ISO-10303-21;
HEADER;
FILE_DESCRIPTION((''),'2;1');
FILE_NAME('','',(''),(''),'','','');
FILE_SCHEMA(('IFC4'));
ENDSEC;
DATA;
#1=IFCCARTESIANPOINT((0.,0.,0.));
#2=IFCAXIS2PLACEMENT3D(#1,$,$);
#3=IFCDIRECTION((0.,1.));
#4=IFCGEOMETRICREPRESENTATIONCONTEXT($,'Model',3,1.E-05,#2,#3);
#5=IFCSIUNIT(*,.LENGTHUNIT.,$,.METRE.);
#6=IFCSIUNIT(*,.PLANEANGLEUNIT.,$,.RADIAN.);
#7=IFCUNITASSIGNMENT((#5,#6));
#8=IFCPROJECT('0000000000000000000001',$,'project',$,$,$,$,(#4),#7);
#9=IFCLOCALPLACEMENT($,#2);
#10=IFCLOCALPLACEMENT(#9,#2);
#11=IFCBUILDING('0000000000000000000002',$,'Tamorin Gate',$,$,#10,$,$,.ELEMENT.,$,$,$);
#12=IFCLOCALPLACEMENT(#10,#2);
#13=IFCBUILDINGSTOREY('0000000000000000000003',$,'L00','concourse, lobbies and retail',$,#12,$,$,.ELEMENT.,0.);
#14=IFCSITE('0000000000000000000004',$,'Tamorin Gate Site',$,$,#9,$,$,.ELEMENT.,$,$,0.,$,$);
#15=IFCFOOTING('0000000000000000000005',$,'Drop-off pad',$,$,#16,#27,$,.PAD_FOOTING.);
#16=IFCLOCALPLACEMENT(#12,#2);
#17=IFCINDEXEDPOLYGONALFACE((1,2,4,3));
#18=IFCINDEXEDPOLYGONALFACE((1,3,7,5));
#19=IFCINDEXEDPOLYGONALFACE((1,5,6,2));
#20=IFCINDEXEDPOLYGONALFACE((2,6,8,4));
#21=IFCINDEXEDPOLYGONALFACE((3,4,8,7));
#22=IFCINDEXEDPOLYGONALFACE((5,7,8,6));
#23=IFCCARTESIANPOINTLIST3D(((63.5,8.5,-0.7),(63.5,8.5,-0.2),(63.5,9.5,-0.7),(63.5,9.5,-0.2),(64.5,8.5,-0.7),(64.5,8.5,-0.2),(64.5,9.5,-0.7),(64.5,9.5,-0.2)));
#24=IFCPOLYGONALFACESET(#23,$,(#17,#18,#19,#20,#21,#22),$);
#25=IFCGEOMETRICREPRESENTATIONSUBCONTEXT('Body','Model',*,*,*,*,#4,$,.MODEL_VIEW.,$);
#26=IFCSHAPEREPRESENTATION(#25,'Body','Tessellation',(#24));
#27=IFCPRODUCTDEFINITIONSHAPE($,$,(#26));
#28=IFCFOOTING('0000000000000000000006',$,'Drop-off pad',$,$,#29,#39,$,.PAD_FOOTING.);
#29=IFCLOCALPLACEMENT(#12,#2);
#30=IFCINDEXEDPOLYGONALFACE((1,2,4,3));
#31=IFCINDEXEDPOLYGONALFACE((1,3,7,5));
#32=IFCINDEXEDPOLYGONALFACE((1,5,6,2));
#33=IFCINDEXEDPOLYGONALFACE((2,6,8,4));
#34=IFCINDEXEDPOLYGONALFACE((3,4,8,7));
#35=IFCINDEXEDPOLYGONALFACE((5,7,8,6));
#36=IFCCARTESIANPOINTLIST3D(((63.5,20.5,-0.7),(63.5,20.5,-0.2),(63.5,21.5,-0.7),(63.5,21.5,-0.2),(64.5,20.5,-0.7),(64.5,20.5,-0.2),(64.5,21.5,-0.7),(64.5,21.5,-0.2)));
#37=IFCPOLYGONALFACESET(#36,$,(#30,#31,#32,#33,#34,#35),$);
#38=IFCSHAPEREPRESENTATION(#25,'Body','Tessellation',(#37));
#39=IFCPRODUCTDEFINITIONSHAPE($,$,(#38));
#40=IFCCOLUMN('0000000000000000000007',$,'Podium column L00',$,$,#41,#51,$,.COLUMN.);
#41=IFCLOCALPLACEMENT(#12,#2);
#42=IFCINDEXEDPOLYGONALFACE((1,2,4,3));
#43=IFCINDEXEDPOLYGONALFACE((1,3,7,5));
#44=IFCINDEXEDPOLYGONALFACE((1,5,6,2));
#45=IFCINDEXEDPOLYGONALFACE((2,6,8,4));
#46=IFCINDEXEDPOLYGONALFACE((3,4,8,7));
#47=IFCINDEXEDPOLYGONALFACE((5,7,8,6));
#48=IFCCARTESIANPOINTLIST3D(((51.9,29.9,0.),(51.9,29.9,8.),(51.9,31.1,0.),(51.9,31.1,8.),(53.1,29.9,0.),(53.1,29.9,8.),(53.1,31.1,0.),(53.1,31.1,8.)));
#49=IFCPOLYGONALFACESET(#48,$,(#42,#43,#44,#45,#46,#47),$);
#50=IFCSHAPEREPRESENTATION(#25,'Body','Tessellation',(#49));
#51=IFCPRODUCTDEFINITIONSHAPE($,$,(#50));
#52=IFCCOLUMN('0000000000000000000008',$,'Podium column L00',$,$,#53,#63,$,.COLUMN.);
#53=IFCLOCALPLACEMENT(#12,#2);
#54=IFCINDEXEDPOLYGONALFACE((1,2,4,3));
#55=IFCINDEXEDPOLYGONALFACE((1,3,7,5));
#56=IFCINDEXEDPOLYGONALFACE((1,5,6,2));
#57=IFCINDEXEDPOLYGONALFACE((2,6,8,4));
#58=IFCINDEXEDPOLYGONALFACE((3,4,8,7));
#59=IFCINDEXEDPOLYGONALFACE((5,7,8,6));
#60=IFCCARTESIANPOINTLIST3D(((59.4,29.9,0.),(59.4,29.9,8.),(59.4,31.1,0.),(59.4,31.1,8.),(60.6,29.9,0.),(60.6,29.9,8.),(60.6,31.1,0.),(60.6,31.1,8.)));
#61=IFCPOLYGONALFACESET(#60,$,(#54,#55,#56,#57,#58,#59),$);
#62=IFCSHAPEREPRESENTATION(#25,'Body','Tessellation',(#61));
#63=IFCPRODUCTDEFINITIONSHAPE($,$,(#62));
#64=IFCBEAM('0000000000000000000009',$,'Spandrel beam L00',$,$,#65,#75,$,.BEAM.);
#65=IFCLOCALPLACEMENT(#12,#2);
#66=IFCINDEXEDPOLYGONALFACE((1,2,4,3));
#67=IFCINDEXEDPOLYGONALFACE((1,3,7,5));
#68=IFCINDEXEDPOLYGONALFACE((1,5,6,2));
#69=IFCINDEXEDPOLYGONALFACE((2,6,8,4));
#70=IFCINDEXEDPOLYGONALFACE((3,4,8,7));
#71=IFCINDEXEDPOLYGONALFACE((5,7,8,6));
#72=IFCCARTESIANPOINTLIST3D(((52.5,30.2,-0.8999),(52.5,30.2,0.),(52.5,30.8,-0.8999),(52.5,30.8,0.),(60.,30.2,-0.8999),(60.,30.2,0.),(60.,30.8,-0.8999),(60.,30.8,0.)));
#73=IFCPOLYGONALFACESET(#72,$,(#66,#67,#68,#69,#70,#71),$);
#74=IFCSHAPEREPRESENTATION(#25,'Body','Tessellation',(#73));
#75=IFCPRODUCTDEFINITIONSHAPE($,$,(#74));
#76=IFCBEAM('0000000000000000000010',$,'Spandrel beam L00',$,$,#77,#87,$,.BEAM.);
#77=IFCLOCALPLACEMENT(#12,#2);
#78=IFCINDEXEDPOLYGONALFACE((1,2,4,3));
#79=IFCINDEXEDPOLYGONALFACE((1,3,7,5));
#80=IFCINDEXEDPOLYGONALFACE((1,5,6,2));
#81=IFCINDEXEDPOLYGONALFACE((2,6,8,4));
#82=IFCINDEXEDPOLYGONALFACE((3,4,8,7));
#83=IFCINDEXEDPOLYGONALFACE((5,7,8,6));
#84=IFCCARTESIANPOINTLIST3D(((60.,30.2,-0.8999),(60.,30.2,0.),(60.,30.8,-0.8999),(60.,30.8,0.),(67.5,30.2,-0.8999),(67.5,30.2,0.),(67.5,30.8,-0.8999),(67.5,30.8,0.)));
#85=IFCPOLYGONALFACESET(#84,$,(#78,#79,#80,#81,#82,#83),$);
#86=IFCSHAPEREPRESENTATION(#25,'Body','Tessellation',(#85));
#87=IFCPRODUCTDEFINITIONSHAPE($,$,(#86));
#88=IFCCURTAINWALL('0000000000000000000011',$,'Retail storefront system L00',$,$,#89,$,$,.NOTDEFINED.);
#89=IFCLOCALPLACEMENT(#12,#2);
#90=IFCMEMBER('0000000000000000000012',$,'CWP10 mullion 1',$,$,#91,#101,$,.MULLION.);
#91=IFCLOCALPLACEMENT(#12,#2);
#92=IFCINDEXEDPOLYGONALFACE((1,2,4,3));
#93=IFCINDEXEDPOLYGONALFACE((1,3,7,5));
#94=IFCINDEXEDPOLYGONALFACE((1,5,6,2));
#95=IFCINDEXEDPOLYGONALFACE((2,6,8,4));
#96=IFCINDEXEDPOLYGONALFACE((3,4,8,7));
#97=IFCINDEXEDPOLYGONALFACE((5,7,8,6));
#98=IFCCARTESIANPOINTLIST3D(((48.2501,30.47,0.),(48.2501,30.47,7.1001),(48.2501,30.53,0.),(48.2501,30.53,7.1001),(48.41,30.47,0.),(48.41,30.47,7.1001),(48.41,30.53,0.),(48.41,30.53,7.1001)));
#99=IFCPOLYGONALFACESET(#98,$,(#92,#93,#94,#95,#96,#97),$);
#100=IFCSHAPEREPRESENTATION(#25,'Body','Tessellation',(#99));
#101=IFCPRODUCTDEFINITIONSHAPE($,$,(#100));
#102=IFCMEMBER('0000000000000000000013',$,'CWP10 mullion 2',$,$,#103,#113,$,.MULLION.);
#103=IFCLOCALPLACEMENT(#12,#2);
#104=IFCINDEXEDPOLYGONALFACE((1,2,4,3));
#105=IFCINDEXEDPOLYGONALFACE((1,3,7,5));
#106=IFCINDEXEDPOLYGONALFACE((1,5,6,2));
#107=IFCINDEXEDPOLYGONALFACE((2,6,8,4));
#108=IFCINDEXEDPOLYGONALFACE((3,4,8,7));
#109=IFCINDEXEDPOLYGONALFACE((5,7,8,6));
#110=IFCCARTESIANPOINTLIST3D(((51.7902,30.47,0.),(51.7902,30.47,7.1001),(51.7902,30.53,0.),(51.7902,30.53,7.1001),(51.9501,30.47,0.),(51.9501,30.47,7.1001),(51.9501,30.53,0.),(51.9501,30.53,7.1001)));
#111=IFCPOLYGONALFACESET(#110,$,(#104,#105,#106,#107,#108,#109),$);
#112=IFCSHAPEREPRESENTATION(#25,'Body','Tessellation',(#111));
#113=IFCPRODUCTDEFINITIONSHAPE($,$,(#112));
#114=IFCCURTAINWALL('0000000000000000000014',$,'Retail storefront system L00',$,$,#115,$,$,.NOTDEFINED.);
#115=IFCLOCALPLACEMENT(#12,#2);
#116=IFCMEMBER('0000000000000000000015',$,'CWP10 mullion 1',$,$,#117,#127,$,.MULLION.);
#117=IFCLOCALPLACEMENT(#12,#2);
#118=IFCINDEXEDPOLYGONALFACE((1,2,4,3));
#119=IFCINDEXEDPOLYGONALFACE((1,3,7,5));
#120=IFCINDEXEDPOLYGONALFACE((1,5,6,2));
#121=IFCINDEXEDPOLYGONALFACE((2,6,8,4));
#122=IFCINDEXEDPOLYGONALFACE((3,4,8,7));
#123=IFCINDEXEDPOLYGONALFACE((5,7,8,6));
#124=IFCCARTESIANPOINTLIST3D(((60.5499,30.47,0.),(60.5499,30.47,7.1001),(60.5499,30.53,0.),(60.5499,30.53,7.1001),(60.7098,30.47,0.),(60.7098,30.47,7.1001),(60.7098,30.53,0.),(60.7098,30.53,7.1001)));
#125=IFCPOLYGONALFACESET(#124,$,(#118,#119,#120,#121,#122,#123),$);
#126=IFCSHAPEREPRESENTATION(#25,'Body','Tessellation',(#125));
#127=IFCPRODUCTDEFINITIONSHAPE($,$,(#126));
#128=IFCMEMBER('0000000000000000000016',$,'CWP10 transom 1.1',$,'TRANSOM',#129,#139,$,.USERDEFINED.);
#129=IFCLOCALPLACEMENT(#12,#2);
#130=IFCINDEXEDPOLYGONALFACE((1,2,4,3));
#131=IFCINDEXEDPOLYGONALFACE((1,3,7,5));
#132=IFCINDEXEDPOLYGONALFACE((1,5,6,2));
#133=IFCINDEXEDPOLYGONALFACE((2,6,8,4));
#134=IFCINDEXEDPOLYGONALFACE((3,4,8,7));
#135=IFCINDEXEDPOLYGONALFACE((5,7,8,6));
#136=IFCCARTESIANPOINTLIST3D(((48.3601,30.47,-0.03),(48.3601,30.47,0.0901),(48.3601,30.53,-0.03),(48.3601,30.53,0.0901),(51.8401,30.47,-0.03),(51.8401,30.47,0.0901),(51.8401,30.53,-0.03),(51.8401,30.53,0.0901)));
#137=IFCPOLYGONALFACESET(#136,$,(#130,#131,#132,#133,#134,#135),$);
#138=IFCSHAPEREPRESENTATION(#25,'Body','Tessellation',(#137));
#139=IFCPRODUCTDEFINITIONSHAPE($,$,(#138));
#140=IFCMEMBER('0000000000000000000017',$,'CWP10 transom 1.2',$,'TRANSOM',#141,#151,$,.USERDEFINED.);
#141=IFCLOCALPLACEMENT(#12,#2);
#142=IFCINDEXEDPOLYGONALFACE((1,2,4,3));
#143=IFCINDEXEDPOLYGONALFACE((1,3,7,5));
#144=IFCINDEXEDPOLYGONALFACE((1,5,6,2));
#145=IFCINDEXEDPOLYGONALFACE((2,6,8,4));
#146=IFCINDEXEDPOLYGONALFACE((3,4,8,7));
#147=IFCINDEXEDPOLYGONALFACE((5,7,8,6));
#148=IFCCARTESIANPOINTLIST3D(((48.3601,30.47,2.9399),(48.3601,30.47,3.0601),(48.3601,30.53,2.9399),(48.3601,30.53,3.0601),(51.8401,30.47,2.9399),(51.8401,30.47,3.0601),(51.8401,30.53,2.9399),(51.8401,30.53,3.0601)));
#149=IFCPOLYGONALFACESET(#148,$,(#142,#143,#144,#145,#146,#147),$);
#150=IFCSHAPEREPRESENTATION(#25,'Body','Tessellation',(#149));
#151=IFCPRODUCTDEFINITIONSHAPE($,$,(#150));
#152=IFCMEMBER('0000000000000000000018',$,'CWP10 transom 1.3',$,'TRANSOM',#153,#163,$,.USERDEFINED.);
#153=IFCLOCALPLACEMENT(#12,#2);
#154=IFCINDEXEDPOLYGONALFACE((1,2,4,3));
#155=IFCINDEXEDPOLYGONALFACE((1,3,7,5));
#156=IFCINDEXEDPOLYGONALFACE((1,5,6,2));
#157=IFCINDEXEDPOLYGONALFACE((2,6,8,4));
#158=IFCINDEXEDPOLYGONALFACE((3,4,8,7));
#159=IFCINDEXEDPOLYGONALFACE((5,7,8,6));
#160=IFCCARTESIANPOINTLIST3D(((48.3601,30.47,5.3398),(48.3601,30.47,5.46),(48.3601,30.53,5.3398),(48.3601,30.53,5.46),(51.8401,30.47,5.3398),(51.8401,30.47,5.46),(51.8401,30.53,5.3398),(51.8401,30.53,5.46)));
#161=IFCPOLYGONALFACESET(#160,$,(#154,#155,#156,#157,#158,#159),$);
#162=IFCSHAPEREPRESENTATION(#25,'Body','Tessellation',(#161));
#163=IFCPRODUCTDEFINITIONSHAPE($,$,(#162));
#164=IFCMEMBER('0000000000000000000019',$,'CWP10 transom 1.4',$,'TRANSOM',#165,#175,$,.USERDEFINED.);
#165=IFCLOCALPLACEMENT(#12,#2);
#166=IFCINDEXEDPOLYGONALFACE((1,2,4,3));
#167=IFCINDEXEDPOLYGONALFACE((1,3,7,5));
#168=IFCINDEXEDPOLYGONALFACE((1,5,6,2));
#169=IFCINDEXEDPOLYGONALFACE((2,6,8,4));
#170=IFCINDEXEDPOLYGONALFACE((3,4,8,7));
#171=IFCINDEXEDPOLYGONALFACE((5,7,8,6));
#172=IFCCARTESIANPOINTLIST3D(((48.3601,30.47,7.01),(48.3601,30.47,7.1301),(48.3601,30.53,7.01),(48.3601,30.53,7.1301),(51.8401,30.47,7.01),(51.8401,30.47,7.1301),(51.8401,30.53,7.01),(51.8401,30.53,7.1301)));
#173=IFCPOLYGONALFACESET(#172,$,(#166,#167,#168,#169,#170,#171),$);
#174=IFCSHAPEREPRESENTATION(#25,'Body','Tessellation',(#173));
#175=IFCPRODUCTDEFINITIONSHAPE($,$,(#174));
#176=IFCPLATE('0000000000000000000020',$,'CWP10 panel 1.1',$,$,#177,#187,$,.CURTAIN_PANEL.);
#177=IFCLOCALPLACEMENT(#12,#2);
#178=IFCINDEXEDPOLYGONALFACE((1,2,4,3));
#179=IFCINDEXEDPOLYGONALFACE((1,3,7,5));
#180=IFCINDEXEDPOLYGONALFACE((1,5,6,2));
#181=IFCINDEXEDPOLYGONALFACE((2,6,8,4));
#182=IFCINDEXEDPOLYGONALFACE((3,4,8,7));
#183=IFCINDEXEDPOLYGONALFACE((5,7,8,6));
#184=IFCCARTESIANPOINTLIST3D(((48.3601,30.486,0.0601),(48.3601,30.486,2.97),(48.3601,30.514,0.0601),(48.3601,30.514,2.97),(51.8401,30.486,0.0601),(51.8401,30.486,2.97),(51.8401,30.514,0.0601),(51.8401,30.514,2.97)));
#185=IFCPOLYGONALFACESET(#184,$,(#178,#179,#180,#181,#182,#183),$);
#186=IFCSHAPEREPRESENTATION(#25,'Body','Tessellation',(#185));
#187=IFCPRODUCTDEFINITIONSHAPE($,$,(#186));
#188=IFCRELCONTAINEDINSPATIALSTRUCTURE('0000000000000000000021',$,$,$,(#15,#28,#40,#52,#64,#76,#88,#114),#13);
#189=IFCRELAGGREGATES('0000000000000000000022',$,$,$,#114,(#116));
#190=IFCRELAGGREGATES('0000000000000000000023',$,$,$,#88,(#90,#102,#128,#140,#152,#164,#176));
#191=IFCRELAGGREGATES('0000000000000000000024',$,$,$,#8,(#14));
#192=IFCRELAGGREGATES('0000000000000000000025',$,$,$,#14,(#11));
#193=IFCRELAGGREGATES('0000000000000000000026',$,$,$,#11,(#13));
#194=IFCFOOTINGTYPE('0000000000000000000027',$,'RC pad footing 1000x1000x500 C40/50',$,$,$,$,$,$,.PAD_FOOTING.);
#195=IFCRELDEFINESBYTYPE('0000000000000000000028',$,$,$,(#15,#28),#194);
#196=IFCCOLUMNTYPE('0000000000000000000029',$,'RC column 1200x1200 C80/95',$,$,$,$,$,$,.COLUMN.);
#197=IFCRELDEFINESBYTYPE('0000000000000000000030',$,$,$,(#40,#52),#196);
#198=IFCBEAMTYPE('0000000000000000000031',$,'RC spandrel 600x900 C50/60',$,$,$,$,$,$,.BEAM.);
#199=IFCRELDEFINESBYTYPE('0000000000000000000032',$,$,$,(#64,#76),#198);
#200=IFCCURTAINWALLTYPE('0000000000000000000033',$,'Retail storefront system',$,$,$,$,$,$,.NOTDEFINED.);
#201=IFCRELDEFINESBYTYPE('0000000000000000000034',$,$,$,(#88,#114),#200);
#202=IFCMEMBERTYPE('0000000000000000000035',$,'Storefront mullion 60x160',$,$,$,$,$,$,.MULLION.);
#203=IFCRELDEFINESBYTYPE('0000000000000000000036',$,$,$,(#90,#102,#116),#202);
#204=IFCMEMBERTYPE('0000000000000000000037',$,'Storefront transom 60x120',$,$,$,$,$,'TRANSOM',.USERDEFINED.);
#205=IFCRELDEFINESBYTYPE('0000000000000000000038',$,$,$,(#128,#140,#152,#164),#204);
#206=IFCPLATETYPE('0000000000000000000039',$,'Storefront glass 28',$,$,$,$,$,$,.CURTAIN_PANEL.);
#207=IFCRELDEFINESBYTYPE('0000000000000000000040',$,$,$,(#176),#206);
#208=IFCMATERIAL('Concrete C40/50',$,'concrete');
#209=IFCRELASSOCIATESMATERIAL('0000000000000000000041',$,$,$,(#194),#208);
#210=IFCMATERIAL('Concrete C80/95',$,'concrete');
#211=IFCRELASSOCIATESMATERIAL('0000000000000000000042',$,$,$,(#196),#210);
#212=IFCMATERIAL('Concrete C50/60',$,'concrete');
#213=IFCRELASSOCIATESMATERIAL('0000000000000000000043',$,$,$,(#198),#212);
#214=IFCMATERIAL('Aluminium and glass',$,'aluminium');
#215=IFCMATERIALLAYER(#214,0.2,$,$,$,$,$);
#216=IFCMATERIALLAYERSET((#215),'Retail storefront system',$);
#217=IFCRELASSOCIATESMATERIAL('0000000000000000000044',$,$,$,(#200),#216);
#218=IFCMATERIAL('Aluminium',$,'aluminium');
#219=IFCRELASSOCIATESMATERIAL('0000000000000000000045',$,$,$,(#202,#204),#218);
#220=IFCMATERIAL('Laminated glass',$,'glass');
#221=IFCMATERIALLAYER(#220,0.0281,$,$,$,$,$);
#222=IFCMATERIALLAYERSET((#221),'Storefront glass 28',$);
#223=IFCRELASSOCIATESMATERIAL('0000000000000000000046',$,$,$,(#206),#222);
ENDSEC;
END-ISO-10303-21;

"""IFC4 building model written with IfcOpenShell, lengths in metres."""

from ifc_helpers import new_model, si_unit, direction, frame, origin, origin_2d, place, context, subcontext, project, spatial, rectangle, extrude, material, layer, layer_set, material_profile, profile_set, type_object, element, aggregate, save


model = new_model("IFC4")

# Units and contexts
model_context = context("Model", 3, precision=1e-05, world=origin(), true_north=direction((0.0, 1.0)))
body_context = subcontext(model_context, "Body", "Model", "MODEL_VIEW")
ifc_project = project(units=[si_unit("LENGTHUNIT", "METRE"), si_unit("PLANEANGLEUNIT", "RADIAN")], contexts=[model_context])

# Site, building, storey
site_placement = place(None, origin())
site = spatial("IfcSite", under=ifc_project, at=site_placement, Name="Tamorin Gate Site", CompositionType="ELEMENT", RefElevation=0.0)
building_placement = place(site_placement, origin())
building = spatial("IfcBuilding", under=site, at=building_placement, Name="Tamorin Gate", CompositionType="ELEMENT")
storey_placement = place(building_placement, origin())
storey = spatial("IfcBuildingStorey", under=building, at=storey_placement, Name="L00", Description="concourse, lobbies and retail", CompositionType="ELEMENT", Elevation=0.0)

# Footings
ifc_material_1 = material(Name="Concrete C40/50", Category="concrete")
footing_type = type_object("IfcFootingType", Name="RC pad footing 1000x1000x500 C40/50", PredefinedType="PAD_FOOTING", material=ifc_material_1)
for number, where, z_axis, x_axis, name in (
    (1, (64.0, 9.0, -0.7), (0.0, 0.0, 1.0), (1.0, 0.0, 0.0), "Drop-off pad"),
    (2, (64.0, 21.0, -0.7), (0.0, 0.0, 1.0), (1.0, 0.0, 0.0), "Drop-off pad"),
):
    element("IfcFooting", number, at=place(storey_placement, frame(where, z_axis=z_axis, x_axis=x_axis)), inside=storey, type_object=footing_type, Name=name, PredefinedType="PAD_FOOTING", context=body_context, shape_type="SweptSolid", body=[
        extrude(rectangle(XDim=1.0, YDim=1.0, at=origin_2d()), origin(), (0.0, 0.0, 1.0), 0.5),
    ])

# Columns
ifc_material_2 = material(Name="Concrete C80/95", Category="concrete")
ifc_material_profile_1 = material_profile(ifc_material_2, rectangle(XDim=1.2, YDim=1.2, at=origin_2d()), Name="RC 1200x1200")
ifc_profile_set_1 = profile_set([ifc_material_profile_1], Name="Concrete C80/95")
column_type = type_object("IfcColumnType", Name="RC column 1200x1200 C80/95", PredefinedType="COLUMN", material=ifc_profile_set_1)
for number, where, z_axis, x_axis, name in (
    (3, (52.5, 30.5, 0.0), (0.0, 0.0, 1.0), (1.0, 0.0, 0.0), "Podium column L00"),
    (4, (60.0, 30.5, 0.0), (0.0, 0.0, 1.0), (1.0, 0.0, 0.0), "Podium column L00"),
):
    element("IfcColumn", number, at=place(storey_placement, frame(where, z_axis=z_axis, x_axis=x_axis)), inside=storey, type_object=column_type, Name=name, PredefinedType="COLUMN", context=body_context, shape_type="SweptSolid", body=[
        extrude(rectangle(XDim=1.2, YDim=1.2, at=origin_2d()), origin(), (0.0, 0.0, 1.0), 8.0),
    ])

# Beams
ifc_material_3 = material(Name="Concrete C50/60", Category="concrete")
ifc_material_profile_2 = material_profile(ifc_material_3, rectangle(XDim=0.6001, YDim=0.8999, at=origin_2d()), Name="RC 600x900")
ifc_profile_set_2 = profile_set([ifc_material_profile_2], Name="Concrete C50/60")
beam_type = type_object("IfcBeamType", Name="RC spandrel 600x900 C50/60", PredefinedType="BEAM", material=ifc_profile_set_2)
for number, where, z_axis, x_axis, name in (
    (5, (52.5, 30.5, -0.45), (1.0, 0.0, 0.0), (0.0, 1.0, 0.0), "Spandrel beam L00"),
    (6, (60.0, 30.5, -0.45), (1.0, 0.0, 0.0), (0.0, 1.0, 0.0), "Spandrel beam L00"),
):
    element("IfcBeam", number, at=place(storey_placement, frame(where, z_axis=z_axis, x_axis=x_axis)), inside=storey, type_object=beam_type, Name=name, PredefinedType="BEAM", context=body_context, shape_type="SweptSolid", body=[
        extrude(rectangle(XDim=0.6001, YDim=0.8999, at=origin_2d()), origin(), (0.0, 0.0, 1.0), 7.5),
    ])

# Curtain wall, members
ifc_material_4 = material(Name="Aluminium and glass", Category="aluminium")
ifc_layer_1 = layer(ifc_material_4, 0.2)
ifc_layer_set_1 = layer_set([ifc_layer_1], Name="Retail storefront system")
curtain_wall_type = type_object("IfcCurtainWallType", Name="Retail storefront system", PredefinedType="NOTDEFINED", material=ifc_layer_set_1)
curtain_wall_1_placement = place(storey_placement, origin())
curtain_wall_1 = element("IfcCurtainWall", 7, at=curtain_wall_1_placement, inside=storey, type_object=curtain_wall_type, Name="Retail storefront system L00", PredefinedType="NOTDEFINED")
ifc_material_5 = material(Name="Aluminium", Category="aluminium")
ifc_material_profile_3 = material_profile(ifc_material_5, rectangle(XDim=0.0601, YDim=0.1599, at=origin_2d()), Name="RECT 60x160")
ifc_profile_set_3 = profile_set([ifc_material_profile_3], Name="Aluminium")
member_type_1 = type_object("IfcMemberType", Name="Storefront mullion 60x160", PredefinedType="MULLION", material=ifc_profile_set_3)
member_1_placement = place(storey_placement, frame((48.3301, 30.5, 0.0), z_axis=(0.0, 0.0, 1.0), x_axis=(0.0, 1.0, 0.0)))
member_1 = element("IfcMember", 8, at=member_1_placement, type_object=member_type_1, Name="CWP10 mullion 1", PredefinedType="MULLION", context=body_context, shape_type="SweptSolid", body=[
    extrude(rectangle(XDim=0.0601, YDim=0.1599, at=origin_2d()), origin(), (0.0, 0.0, 1.0), 7.1001),
])
member_2_placement = place(storey_placement, frame((51.8701, 30.5, 0.0), z_axis=(0.0, 0.0, 1.0), x_axis=(0.0, 1.0, 0.0)))
member_2 = element("IfcMember", 9, at=member_2_placement, type_object=member_type_1, Name="CWP10 mullion 2", PredefinedType="MULLION", context=body_context, shape_type="SweptSolid", body=[
    extrude(rectangle(XDim=0.0601, YDim=0.1599, at=origin_2d()), origin(), (0.0, 0.0, 1.0), 7.1001),
])

# Curtain wall, member
curtain_wall_2_placement = place(storey_placement, origin())
curtain_wall_2 = element("IfcCurtainWall", 10, at=curtain_wall_2_placement, inside=storey, type_object=curtain_wall_type, Name="Retail storefront system L00", PredefinedType="NOTDEFINED")
member_3_placement = place(storey_placement, frame((60.6299, 30.5, 0.0), z_axis=(0.0, 0.0, 1.0), x_axis=(0.0, 1.0, 0.0)))
member_3 = element("IfcMember", 11, at=member_3_placement, type_object=member_type_1, Name="CWP10 mullion 1", PredefinedType="MULLION", context=body_context, shape_type="SweptSolid", body=[
    extrude(rectangle(XDim=0.0601, YDim=0.1599, at=origin_2d()), origin(), (0.0, 0.0, 1.0), 7.1001),
])
aggregate(curtain_wall_2, [member_3])

# Members
ifc_material_profile_4 = material_profile(ifc_material_5, rectangle(XDim=0.0601, YDim=0.1201, at=origin_2d()), Name="RECT 60x120")
ifc_profile_set_4 = profile_set([ifc_material_profile_4], Name="Aluminium")
member_type_2 = type_object("IfcMemberType", Name="Storefront transom 60x120", ElementType="TRANSOM", PredefinedType="USERDEFINED", material=ifc_profile_set_4)
member_4_placement = place(storey_placement, frame((48.3601, 30.5, 0.03), z_axis=(1.0, 0.0, 0.0), x_axis=(0.0, 1.0, 0.0)))
member_4 = element("IfcMember", 12, at=member_4_placement, type_object=member_type_2, Name="CWP10 transom 1.1", ObjectType="TRANSOM", PredefinedType="USERDEFINED", context=body_context, shape_type="SweptSolid", body=[
    extrude(rectangle(XDim=0.0601, YDim=0.1201, at=origin_2d()), origin(), (0.0, 0.0, 1.0), 3.48),
])
member_5_placement = place(storey_placement, frame((48.3601, 30.5, 3.0), z_axis=(1.0, 0.0, 0.0), x_axis=(0.0, 1.0, 0.0)))
member_5 = element("IfcMember", 13, at=member_5_placement, type_object=member_type_2, Name="CWP10 transom 1.2", ObjectType="TRANSOM", PredefinedType="USERDEFINED", context=body_context, shape_type="SweptSolid", body=[
    extrude(rectangle(XDim=0.0601, YDim=0.1201, at=origin_2d()), origin(), (0.0, 0.0, 1.0), 3.48),
])
member_6_placement = place(storey_placement, frame((48.3601, 30.5, 5.3999), z_axis=(1.0, 0.0, 0.0), x_axis=(0.0, 1.0, 0.0)))
member_6 = element("IfcMember", 14, at=member_6_placement, type_object=member_type_2, Name="CWP10 transom 1.3", ObjectType="TRANSOM", PredefinedType="USERDEFINED", context=body_context, shape_type="SweptSolid", body=[
    extrude(rectangle(XDim=0.0601, YDim=0.1201, at=origin_2d()), origin(), (0.0, 0.0, 1.0), 3.48),
])
member_7_placement = place(storey_placement, frame((48.3601, 30.5, 7.0701), z_axis=(1.0, 0.0, 0.0), x_axis=(0.0, 1.0, 0.0)))
member_7 = element("IfcMember", 15, at=member_7_placement, type_object=member_type_2, Name="CWP10 transom 1.4", ObjectType="TRANSOM", PredefinedType="USERDEFINED", context=body_context, shape_type="SweptSolid", body=[
    extrude(rectangle(XDim=0.0601, YDim=0.1201, at=origin_2d()), origin(), (0.0, 0.0, 1.0), 3.48),
])

# Plate
ifc_material_6 = material(Name="Laminated glass", Category="glass")
ifc_layer_2 = layer(ifc_material_6, 0.0281)
ifc_layer_set_2 = layer_set([ifc_layer_2], Name="Storefront glass 28")
plate_type = type_object("IfcPlateType", Name="Storefront glass 28", PredefinedType="CURTAIN_PANEL", material=ifc_layer_set_2)
plate_1_placement = place(storey_placement, frame((50.1001, 30.5, 0.0601), z_axis=(0.0, 0.0, 1.0), x_axis=(1.0, 0.0, 0.0)))
plate_1 = element("IfcPlate", 16, at=plate_1_placement, type_object=plate_type, Name="CWP10 panel 1.1", PredefinedType="CURTAIN_PANEL", context=body_context, shape_type="SweptSolid", body=[
    extrude(rectangle(XDim=3.48, YDim=0.0281, at=origin_2d()), origin(), (0.0, 0.0, 1.0), 2.9099),
])
aggregate(curtain_wall_1, [member_1, member_2, member_4, member_5, member_6, member_7, plate_1])

save(model, "model.ifc")
